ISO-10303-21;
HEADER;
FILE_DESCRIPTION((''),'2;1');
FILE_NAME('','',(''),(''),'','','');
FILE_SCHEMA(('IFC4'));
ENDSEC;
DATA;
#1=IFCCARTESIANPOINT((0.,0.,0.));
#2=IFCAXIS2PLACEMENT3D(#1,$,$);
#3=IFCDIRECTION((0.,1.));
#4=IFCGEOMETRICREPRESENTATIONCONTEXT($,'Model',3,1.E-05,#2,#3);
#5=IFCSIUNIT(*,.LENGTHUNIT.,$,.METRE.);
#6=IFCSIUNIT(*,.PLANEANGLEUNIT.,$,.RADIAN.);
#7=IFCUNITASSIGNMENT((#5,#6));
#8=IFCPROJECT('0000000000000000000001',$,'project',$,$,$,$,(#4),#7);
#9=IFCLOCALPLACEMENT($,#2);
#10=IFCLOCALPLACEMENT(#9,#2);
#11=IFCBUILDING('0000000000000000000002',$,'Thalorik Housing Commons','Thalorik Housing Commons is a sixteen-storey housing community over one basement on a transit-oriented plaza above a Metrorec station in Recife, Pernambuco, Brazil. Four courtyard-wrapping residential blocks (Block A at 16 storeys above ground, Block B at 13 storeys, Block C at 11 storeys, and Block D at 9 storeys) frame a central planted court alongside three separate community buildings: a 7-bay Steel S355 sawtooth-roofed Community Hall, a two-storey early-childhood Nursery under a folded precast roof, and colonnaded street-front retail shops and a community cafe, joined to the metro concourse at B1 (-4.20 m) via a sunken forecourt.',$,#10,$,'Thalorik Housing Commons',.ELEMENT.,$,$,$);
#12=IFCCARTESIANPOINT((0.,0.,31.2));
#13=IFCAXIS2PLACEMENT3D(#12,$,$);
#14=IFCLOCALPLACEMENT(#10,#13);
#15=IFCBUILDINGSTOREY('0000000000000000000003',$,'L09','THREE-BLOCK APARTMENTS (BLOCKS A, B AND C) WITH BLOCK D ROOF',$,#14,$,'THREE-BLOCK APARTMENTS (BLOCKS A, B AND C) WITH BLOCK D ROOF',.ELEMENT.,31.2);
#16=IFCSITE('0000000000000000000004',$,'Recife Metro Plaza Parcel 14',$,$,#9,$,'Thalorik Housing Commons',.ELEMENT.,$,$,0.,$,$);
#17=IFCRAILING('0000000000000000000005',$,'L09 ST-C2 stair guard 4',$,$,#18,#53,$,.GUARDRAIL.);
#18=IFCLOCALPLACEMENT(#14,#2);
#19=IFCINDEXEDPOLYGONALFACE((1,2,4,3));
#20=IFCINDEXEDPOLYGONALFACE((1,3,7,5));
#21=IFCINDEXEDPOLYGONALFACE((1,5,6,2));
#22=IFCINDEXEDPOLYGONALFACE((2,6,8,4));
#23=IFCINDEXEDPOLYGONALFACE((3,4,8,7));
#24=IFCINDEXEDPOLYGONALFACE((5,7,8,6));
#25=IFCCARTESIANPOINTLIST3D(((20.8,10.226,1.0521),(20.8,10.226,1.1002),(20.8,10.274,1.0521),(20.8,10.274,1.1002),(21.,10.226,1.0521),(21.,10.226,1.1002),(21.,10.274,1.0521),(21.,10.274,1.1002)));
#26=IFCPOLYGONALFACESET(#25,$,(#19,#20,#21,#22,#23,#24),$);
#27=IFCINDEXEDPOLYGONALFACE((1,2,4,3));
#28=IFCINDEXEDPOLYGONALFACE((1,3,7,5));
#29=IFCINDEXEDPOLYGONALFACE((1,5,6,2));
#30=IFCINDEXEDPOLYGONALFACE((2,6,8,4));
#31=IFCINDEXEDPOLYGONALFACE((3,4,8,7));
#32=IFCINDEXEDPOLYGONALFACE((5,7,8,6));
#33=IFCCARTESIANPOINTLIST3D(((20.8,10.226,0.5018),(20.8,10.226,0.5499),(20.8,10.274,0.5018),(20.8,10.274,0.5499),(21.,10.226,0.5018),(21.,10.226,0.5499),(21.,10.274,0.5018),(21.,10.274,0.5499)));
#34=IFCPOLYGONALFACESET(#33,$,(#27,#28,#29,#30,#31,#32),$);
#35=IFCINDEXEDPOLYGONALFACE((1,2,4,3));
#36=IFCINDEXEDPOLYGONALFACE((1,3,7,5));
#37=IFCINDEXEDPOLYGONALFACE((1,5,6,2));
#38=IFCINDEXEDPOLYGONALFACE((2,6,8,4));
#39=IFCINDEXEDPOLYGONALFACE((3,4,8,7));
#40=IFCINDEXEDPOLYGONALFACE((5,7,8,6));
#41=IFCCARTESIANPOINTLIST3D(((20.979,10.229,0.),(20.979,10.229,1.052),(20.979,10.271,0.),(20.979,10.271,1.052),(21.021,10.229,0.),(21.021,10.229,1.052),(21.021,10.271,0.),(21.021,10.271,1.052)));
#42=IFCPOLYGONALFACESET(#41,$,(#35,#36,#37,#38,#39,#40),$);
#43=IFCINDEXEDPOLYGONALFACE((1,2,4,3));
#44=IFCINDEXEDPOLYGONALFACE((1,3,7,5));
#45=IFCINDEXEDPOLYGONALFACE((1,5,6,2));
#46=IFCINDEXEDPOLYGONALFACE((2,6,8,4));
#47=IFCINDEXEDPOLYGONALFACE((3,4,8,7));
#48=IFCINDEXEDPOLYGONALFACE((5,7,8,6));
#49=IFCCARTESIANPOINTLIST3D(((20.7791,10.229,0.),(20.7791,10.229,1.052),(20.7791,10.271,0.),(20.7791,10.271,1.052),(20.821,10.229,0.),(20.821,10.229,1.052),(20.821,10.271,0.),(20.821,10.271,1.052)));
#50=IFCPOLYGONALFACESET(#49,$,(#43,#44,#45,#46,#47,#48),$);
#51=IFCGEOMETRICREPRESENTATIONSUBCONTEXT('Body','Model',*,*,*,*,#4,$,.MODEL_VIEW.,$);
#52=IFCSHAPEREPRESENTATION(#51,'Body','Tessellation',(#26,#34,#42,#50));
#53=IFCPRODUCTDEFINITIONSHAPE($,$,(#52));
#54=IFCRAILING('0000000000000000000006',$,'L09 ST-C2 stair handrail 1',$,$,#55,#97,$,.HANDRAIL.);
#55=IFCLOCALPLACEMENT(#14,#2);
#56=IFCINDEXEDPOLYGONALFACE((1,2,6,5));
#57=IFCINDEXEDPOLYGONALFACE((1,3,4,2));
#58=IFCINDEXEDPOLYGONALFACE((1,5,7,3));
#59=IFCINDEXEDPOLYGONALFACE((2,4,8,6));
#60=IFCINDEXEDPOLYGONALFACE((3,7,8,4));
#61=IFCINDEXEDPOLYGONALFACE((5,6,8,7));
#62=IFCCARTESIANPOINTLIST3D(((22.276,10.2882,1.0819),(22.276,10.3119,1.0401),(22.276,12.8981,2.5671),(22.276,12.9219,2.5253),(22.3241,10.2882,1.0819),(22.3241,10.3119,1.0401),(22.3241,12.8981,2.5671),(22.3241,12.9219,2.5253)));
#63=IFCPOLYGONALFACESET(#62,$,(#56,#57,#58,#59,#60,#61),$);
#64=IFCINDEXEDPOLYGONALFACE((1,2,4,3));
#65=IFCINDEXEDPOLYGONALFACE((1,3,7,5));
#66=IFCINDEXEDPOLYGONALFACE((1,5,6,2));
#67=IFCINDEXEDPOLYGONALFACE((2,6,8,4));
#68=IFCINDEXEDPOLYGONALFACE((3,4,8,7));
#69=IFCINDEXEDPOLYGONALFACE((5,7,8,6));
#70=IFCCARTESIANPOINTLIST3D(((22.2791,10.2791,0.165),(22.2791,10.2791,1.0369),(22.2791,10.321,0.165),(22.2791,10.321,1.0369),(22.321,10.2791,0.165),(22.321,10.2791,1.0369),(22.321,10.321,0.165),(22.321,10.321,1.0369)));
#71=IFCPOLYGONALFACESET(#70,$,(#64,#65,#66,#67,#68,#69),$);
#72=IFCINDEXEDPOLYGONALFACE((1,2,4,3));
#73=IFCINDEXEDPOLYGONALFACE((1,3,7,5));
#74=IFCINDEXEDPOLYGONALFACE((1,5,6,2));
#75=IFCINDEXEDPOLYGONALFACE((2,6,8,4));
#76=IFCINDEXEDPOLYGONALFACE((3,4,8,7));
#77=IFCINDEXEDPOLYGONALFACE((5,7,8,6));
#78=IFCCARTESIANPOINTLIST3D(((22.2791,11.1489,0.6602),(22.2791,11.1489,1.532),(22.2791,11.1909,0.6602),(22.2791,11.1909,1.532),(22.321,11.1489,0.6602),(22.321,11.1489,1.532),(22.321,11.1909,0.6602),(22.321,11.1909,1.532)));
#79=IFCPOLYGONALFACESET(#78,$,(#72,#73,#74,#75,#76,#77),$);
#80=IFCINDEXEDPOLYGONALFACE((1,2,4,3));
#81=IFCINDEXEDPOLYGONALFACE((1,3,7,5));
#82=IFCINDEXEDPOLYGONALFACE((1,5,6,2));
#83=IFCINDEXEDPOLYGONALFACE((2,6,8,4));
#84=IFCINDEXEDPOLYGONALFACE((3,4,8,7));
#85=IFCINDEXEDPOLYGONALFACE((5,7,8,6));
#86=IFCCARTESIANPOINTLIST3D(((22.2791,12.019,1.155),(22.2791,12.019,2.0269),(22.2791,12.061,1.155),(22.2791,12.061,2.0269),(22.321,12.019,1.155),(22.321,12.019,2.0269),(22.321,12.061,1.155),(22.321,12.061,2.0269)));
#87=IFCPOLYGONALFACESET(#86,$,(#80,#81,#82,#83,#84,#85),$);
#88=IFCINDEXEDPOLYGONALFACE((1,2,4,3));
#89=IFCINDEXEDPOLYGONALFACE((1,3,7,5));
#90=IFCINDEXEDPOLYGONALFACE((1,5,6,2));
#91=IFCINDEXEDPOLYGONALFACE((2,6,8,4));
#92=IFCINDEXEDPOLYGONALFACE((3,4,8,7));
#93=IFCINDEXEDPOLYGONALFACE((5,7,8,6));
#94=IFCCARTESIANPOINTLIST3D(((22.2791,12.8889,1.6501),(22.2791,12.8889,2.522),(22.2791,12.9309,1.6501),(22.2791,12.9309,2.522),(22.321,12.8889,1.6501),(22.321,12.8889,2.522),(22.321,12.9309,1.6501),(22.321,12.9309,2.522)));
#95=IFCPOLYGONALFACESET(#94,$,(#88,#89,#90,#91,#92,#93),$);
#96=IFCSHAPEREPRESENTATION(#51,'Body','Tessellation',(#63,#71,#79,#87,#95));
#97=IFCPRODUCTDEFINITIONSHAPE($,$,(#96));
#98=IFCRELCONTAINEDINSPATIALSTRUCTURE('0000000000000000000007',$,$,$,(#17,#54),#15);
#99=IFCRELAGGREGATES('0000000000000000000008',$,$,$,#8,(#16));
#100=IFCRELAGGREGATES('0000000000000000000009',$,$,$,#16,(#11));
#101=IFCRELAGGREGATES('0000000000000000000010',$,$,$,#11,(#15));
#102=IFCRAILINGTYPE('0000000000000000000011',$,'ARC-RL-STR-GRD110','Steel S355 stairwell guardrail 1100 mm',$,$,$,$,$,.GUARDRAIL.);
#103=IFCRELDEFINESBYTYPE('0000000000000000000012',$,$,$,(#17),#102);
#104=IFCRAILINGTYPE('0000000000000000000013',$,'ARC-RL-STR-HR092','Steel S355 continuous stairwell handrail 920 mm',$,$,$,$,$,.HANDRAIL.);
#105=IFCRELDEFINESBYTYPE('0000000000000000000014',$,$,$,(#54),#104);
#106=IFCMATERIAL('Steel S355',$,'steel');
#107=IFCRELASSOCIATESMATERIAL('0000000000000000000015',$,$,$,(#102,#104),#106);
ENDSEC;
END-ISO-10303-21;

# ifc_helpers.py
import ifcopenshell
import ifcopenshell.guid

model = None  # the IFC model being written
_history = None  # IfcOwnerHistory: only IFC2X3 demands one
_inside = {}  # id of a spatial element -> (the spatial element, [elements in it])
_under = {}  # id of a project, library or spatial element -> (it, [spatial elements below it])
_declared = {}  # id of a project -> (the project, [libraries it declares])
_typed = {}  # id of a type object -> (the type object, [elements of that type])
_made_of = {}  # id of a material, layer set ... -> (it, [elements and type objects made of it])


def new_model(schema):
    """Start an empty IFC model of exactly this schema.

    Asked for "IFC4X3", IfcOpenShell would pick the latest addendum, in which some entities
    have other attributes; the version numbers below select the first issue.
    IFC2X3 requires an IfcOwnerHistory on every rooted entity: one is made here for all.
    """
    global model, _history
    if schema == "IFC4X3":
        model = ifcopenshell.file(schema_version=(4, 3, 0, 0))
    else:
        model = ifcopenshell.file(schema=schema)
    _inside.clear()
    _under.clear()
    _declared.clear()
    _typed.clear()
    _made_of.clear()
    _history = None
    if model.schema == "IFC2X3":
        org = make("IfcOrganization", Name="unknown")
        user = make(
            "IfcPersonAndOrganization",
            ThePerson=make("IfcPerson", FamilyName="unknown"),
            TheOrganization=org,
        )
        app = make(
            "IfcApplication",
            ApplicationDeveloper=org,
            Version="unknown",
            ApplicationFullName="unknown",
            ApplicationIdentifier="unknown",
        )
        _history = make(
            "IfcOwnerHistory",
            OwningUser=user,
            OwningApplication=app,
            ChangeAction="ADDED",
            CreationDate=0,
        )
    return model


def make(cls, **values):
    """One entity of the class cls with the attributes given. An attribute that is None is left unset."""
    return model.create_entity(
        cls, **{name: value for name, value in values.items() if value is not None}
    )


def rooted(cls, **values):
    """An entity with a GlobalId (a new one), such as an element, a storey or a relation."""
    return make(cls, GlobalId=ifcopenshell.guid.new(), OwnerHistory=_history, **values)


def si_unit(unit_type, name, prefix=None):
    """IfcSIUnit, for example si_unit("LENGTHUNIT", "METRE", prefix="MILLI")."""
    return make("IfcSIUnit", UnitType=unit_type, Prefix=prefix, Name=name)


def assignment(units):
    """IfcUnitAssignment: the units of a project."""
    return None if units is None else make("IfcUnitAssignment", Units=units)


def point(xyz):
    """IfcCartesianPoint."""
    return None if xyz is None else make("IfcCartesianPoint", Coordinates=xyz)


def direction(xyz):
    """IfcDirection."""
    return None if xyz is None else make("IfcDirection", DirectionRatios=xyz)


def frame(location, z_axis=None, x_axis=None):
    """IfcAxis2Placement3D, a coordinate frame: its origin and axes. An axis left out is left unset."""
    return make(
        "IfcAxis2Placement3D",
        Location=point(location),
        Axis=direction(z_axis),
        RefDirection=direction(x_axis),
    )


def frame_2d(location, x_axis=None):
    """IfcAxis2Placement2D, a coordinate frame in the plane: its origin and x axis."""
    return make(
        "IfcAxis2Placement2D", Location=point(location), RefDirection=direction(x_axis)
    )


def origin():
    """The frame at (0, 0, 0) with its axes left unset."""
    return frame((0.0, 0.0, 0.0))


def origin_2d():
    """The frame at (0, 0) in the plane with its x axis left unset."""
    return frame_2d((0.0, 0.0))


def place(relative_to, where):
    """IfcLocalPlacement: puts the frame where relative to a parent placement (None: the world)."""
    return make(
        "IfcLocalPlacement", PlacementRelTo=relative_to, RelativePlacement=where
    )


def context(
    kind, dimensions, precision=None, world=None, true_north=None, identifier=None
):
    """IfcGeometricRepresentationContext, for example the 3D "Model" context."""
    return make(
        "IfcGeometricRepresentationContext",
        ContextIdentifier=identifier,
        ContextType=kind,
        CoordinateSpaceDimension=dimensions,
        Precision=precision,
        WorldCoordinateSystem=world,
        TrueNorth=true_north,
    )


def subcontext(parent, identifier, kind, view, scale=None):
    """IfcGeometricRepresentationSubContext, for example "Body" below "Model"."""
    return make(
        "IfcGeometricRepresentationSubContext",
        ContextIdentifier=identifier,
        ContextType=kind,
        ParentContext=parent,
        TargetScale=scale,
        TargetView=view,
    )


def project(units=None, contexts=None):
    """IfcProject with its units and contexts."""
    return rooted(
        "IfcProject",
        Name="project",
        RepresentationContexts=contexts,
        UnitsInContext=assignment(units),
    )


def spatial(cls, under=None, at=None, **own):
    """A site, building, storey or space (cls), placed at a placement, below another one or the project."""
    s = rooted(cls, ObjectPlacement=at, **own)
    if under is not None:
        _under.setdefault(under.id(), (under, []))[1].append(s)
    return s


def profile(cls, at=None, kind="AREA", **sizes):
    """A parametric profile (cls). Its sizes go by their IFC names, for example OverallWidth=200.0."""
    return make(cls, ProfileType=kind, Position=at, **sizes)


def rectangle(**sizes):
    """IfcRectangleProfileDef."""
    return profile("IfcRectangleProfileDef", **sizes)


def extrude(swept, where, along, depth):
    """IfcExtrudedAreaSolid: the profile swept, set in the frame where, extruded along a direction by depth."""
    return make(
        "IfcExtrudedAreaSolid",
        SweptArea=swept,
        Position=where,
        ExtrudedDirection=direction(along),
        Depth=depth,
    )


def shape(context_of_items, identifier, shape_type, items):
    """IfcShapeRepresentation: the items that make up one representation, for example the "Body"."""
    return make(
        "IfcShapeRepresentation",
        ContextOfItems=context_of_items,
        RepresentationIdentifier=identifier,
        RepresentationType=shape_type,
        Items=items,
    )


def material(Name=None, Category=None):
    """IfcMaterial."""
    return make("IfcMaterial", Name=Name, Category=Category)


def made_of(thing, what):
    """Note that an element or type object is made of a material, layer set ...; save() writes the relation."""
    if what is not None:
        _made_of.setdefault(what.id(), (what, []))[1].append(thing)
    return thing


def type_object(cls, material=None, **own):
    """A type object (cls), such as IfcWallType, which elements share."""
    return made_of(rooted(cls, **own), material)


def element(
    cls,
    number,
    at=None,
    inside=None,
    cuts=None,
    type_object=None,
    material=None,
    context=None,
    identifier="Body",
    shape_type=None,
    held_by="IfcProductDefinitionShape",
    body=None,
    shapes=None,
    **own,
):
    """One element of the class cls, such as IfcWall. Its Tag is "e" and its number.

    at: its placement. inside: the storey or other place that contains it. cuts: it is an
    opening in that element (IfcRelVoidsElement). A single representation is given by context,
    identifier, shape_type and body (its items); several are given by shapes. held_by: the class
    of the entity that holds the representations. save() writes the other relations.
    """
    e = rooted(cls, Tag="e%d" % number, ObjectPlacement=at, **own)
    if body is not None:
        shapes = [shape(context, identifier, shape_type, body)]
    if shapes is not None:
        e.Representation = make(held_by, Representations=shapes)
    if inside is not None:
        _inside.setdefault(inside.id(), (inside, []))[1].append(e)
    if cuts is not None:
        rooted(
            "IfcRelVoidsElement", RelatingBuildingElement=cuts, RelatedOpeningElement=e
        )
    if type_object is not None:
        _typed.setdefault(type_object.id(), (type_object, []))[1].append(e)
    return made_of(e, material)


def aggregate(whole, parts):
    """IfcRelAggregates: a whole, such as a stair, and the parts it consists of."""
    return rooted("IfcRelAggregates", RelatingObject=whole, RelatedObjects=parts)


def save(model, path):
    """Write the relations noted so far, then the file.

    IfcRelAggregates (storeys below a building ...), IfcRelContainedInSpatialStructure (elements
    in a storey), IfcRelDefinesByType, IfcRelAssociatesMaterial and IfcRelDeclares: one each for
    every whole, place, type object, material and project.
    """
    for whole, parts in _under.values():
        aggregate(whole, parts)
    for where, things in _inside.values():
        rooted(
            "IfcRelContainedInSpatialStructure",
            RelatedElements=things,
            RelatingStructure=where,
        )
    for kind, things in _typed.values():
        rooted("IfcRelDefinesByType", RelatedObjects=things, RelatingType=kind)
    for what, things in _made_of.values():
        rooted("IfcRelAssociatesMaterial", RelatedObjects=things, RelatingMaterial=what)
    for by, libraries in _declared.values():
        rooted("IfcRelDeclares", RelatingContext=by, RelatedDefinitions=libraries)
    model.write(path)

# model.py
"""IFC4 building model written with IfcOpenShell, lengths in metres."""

from ifc_helpers import new_model, si_unit, direction, frame, origin, origin_2d, place, context, subcontext, project, spatial, rectangle, extrude, material, type_object, element, save


model = new_model("IFC4")

# Units and contexts
model_context = context("Model", 3, precision=1e-05, world=origin(), true_north=direction((0.0, 1.0)))
body_context = subcontext(model_context, "Body", "Model", "MODEL_VIEW")
ifc_project = project(units=[si_unit("LENGTHUNIT", "METRE"), si_unit("PLANEANGLEUNIT", "RADIAN")], contexts=[model_context])

# Site, building, storey
site_placement = place(None, origin())
site = spatial("IfcSite", under=ifc_project, at=site_placement, Name="Recife Metro Plaza Parcel 14", LongName="Thalorik Housing Commons", CompositionType="ELEMENT", RefElevation=0.0)
building_placement = place(site_placement, origin())
building = spatial("IfcBuilding", under=site, at=building_placement, Name="Thalorik Housing Commons", Description="Thalorik Housing Commons is a sixteen-storey housing community over one basement on a transit-oriented plaza above a Metrorec station in Recife, Pernambuco, Brazil. Four courtyard-wrapping residential blocks (Block A at 16 storeys above ground, Block B at 13 storeys, Block C at 11 storeys, and Block D at 9 storeys) frame a central planted court alongside three separate community buildings: a 7-bay Steel S355 sawtooth-roofed Community Hall, a two-storey early-childhood Nursery under a folded precast roof, and colonnaded street-front retail shops and a community cafe, joined to the metro concourse at B1 (-4.20 m) via a sunken forecourt.", LongName="Thalorik Housing Commons", CompositionType="ELEMENT")
storey_placement = place(building_placement, frame((0.0, 0.0, 31.2)))
storey = spatial("IfcBuildingStorey", under=building, at=storey_placement, Name="L09", Description="THREE-BLOCK APARTMENTS (BLOCKS A, B AND C) WITH BLOCK D ROOF", LongName="THREE-BLOCK APARTMENTS (BLOCKS A, B AND C) WITH BLOCK D ROOF", CompositionType="ELEMENT", Elevation=31.2)

# Railings
ifc_material_1 = material(Name="Steel S355", Category="steel")
railing_type_1 = type_object("IfcRailingType", Name="ARC-RL-STR-GRD110", Description="Steel S355 stairwell guardrail 1100 mm", PredefinedType="GUARDRAIL", material=ifc_material_1)
railing_1_placement = place(storey_placement, frame((21.0, 10.25, 0.0)))
element("IfcRailing", 1, at=railing_1_placement, inside=storey, type_object=railing_type_1, Name="L09 ST-C2 stair guard 4", PredefinedType="GUARDRAIL", context=body_context, shape_type="SweptSolid", body=[
    extrude(rectangle(XDim=0.0481, YDim=0.0481, at=origin_2d()), frame((0.0, 0.0, 1.0762), z_axis=(-1.0, 0.0, 0.0), x_axis=(0.0, -1.0, 0.0)), (0.0, 0.0, 1.0), 0.2),
    extrude(rectangle(XDim=0.0481, YDim=0.0481, at=origin_2d()), frame((0.0, 0.0, 0.5259), z_axis=(-1.0, 0.0, 0.0), x_axis=(0.0, -1.0, 0.0)), (0.0, 0.0, 1.0), 0.2),
    extrude(rectangle(XDim=0.042, YDim=0.042, at=origin_2d()), origin(), (0.0, 0.0, 1.0), 1.052),
    extrude(rectangle(XDim=0.042, YDim=0.042, at=origin_2d()), frame((-0.2, 0.0, 0.0)), (0.0, 0.0, 1.0), 1.052),
])
railing_type_2 = type_object("IfcRailingType", Name="ARC-RL-STR-HR092", Description="Steel S355 continuous stairwell handrail 920 mm", PredefinedType="HANDRAIL", material=ifc_material_1)
railing_2_placement = place(storey_placement, frame((22.3, 10.3, 0.165)))
element("IfcRailing", 2, at=railing_2_placement, inside=storey, type_object=railing_type_2, Name="L09 ST-C2 stair handrail 1", PredefinedType="HANDRAIL", context=body_context, shape_type="SweptSolid", body=[
    extrude(rectangle(XDim=0.0481, YDim=0.0481, at=origin_2d()), frame((0.0, 0.0, 0.896), z_axis=(0.0, 0.869137, 0.494571), x_axis=(-1.0, 0.0, 0.0)), (0.0, 0.0, 1.0), 3.0029),
    extrude(rectangle(XDim=0.042, YDim=0.042, at=origin_2d()), origin(), (0.0, 0.0, 1.0), 0.8718),
    extrude(rectangle(XDim=0.042, YDim=0.042, at=origin_2d()), frame((0.0, 0.8699, 0.4951)), (0.0, 0.0, 1.0), 0.8718),
    extrude(rectangle(XDim=0.042, YDim=0.042, at=origin_2d()), frame((0.0, 1.74, 0.99)), (0.0, 0.0, 1.0), 0.8718),
    extrude(rectangle(XDim=0.042, YDim=0.042, at=origin_2d()), frame((0.0, 2.6099, 1.4851)), (0.0, 0.0, 1.0), 0.8718),
])

save(model, "model.ifc")
